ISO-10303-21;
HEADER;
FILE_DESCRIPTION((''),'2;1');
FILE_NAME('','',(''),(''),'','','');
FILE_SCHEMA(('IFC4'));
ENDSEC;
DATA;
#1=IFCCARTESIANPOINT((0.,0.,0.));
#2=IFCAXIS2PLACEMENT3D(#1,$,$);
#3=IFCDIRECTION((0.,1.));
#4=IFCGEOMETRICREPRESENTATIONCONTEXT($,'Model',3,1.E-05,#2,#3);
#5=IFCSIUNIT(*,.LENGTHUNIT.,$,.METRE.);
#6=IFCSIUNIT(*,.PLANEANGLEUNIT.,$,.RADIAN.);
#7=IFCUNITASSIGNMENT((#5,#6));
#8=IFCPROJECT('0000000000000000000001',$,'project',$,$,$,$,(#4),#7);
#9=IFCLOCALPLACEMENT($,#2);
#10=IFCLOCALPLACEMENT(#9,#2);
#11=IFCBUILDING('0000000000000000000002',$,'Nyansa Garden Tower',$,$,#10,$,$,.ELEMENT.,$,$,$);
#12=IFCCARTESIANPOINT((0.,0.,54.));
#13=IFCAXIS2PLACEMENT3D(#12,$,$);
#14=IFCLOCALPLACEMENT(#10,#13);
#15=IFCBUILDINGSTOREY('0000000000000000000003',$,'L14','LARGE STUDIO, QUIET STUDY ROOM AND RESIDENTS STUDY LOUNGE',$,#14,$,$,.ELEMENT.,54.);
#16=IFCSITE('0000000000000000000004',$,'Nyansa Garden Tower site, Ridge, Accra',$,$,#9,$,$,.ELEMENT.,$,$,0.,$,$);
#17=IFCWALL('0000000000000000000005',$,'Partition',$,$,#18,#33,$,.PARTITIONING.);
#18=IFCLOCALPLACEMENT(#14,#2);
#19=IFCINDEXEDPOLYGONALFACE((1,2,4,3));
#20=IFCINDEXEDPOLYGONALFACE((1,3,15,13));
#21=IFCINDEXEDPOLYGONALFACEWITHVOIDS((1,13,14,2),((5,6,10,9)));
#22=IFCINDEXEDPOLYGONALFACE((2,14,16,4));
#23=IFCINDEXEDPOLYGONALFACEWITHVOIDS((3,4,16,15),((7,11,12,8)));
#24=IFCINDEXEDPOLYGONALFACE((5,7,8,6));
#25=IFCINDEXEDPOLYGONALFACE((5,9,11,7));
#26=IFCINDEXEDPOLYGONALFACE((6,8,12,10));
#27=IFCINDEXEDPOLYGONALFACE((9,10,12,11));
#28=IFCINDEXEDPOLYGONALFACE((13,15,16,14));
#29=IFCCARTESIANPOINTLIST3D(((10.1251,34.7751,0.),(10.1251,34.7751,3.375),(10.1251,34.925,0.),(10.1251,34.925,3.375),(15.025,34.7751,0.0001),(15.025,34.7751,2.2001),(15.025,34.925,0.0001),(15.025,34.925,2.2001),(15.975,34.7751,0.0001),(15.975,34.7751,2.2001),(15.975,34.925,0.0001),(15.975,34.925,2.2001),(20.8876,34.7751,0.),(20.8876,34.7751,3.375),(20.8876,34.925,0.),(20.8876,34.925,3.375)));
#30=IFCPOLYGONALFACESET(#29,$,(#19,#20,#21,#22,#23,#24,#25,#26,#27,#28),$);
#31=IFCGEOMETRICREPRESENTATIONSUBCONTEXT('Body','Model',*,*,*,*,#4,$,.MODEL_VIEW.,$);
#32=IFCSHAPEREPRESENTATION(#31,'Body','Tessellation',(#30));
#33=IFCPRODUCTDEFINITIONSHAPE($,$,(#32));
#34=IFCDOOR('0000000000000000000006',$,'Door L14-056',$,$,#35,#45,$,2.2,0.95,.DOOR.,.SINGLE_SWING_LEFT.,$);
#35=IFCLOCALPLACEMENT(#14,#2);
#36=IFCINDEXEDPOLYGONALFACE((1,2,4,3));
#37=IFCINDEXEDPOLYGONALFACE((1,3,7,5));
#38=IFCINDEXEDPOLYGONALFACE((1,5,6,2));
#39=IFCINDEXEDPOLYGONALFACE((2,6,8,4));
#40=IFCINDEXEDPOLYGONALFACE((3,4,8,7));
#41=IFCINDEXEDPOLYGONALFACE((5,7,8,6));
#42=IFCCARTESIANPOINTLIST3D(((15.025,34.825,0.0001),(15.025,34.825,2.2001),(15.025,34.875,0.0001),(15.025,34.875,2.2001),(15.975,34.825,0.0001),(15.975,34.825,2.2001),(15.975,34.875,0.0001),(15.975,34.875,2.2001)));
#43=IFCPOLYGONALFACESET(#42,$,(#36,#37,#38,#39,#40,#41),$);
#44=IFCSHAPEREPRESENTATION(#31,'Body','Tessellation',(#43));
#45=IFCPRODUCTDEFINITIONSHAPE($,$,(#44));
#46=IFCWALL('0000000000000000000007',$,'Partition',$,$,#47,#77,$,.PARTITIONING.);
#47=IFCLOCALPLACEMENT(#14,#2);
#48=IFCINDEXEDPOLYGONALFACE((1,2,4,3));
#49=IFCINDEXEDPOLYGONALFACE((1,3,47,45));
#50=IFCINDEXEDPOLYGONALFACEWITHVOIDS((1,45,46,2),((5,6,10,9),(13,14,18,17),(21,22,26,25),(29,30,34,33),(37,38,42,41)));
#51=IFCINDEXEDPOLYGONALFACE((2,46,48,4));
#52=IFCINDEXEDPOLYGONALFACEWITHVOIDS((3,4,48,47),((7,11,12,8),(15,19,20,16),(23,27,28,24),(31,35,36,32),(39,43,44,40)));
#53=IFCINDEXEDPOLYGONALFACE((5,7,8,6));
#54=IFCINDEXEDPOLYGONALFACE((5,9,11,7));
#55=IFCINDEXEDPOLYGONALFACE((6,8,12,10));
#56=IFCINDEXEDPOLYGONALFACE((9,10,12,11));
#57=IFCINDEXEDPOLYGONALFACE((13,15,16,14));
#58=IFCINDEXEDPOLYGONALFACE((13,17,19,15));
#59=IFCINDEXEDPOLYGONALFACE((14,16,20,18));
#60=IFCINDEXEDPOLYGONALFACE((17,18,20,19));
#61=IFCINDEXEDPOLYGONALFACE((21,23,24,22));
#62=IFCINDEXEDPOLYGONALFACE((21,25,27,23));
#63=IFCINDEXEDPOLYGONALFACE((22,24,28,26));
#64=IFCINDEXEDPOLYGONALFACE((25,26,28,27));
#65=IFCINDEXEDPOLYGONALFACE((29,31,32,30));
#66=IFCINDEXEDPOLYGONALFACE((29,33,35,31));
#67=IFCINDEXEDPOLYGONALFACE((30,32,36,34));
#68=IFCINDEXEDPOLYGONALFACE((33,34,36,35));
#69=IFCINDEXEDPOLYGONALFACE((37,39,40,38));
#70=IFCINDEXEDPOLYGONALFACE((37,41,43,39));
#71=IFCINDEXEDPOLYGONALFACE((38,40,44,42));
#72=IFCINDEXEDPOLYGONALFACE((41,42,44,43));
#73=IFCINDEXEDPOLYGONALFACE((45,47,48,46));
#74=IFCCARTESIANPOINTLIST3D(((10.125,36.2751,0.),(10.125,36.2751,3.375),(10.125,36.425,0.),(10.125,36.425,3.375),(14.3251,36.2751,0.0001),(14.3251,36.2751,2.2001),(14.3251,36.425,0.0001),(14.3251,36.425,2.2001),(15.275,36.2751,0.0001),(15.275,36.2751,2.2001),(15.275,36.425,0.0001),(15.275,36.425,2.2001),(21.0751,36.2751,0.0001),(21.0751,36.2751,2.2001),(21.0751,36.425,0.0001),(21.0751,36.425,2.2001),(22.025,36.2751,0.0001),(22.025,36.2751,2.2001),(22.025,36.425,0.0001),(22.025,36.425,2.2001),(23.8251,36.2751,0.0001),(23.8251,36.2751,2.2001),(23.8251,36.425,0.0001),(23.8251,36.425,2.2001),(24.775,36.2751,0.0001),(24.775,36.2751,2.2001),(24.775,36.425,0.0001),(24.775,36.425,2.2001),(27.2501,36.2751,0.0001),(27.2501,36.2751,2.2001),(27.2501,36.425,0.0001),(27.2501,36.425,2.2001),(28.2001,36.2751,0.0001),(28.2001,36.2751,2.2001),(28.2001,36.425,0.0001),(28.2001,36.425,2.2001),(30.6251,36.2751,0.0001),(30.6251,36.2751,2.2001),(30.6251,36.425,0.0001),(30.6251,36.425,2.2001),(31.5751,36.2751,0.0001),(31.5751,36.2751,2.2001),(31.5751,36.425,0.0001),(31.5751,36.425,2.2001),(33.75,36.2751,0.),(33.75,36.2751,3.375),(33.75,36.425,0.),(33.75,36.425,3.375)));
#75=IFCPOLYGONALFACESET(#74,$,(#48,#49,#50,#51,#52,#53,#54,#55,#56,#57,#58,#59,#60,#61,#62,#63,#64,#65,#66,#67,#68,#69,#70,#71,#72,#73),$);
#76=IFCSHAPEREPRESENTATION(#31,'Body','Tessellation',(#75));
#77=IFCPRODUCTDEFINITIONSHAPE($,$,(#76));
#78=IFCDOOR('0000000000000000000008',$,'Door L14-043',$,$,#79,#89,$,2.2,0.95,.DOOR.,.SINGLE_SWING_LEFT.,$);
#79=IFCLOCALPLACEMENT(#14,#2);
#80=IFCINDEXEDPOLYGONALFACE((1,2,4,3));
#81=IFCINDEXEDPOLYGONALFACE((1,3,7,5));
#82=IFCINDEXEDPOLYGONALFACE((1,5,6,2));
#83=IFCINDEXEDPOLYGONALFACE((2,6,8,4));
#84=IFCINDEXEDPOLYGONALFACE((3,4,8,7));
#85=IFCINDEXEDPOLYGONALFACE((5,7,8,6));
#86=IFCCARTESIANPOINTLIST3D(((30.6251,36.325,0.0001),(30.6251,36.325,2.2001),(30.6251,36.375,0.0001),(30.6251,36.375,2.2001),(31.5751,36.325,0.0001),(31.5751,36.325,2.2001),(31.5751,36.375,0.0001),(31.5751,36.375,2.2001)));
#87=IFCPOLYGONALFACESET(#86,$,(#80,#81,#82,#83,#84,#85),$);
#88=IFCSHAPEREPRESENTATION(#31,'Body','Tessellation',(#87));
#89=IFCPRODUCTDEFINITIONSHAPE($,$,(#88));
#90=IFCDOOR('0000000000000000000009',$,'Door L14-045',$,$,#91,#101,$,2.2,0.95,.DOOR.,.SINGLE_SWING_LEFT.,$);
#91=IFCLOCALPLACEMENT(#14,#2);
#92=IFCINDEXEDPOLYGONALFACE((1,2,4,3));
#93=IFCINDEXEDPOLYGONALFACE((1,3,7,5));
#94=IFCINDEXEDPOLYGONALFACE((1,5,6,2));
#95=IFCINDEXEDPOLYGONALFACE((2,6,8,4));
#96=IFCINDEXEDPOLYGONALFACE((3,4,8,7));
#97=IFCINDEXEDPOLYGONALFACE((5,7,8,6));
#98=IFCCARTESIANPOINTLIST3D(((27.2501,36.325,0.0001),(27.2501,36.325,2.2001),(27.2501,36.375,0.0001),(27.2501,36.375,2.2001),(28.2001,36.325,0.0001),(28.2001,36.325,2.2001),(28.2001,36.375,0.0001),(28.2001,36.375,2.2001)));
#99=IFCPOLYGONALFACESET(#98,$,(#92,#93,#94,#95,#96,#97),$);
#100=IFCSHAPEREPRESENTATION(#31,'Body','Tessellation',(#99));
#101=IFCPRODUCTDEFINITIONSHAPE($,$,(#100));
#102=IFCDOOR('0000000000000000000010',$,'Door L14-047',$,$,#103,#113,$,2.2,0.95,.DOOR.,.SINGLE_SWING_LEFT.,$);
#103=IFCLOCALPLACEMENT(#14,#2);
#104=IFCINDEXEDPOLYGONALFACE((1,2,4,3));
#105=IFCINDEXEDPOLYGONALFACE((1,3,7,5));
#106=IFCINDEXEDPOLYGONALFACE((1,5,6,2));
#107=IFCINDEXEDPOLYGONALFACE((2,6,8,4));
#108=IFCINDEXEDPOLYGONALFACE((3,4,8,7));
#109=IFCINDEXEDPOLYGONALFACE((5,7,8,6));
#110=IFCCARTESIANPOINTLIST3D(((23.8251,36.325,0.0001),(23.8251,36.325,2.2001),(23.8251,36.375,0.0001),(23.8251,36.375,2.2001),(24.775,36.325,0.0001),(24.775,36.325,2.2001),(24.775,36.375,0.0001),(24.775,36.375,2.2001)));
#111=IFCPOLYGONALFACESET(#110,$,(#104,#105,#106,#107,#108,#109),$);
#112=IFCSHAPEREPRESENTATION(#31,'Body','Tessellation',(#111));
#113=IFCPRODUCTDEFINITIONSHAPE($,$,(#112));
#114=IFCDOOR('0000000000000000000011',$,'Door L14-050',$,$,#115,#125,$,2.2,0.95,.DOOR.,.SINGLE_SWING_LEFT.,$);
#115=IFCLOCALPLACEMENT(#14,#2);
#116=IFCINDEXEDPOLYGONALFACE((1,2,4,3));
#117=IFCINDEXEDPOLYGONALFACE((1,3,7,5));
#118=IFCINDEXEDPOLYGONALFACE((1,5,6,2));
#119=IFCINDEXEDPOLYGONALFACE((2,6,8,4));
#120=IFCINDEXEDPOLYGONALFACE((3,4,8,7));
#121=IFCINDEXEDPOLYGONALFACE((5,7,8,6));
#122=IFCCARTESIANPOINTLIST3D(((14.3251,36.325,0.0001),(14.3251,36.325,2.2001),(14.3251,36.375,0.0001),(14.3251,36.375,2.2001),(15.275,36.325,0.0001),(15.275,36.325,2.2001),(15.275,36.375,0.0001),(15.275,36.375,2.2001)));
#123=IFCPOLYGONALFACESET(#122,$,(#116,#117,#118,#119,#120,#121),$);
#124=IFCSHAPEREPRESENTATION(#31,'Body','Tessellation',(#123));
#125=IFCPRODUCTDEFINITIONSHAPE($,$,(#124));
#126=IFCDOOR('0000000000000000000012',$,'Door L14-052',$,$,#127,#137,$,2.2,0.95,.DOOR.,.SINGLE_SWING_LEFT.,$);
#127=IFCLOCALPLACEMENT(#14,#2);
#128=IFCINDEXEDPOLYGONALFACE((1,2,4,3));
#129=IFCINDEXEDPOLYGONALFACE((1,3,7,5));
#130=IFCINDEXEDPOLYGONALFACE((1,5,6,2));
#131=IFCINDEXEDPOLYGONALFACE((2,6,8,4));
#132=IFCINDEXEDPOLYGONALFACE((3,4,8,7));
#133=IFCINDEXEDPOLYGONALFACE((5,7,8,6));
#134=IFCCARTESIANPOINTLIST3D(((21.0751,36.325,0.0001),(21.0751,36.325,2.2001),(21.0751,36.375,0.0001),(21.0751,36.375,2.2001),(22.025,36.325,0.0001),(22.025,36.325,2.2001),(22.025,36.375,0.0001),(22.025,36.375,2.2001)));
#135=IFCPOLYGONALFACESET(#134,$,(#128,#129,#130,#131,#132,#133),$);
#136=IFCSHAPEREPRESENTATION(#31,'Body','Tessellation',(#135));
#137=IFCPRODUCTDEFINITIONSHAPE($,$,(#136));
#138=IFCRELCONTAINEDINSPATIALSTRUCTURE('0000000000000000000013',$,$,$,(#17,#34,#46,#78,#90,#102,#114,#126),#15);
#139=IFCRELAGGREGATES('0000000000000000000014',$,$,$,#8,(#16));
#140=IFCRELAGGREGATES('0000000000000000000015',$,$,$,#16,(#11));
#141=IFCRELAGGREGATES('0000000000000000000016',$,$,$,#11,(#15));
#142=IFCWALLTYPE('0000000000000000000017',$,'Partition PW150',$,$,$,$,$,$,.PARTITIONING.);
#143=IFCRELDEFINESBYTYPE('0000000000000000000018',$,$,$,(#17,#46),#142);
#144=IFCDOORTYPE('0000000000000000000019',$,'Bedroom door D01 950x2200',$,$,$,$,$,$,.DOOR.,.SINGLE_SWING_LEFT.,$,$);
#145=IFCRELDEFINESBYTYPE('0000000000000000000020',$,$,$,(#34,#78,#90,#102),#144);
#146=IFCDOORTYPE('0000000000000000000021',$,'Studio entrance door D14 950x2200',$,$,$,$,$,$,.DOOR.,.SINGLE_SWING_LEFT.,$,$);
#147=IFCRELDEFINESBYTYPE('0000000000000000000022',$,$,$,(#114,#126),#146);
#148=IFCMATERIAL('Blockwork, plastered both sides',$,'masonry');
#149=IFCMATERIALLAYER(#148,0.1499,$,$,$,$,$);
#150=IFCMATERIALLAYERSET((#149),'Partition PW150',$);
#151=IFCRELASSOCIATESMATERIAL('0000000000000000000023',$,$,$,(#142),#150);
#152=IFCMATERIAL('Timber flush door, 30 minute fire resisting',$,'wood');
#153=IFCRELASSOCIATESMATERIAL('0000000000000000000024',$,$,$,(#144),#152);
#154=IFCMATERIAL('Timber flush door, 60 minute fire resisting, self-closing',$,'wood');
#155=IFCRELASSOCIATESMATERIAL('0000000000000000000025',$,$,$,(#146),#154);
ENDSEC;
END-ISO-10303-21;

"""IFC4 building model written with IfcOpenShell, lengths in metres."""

from ifc_helpers import new_model, si_unit, direction, frame, frame_2d, origin, place, context, subcontext, project, spatial, rectangle, extrude, material, layer, layer_set, type_object, element, fill, save


model = new_model("IFC4")

# Units and contexts
model_context = context("Model", 3, precision=1e-05, world=origin(), true_north=direction((0.0, 1.0)))
body_context = subcontext(model_context, "Body", "Model", "MODEL_VIEW")
ifc_project = project(units=[si_unit("LENGTHUNIT", "METRE"), si_unit("PLANEANGLEUNIT", "RADIAN")], contexts=[model_context])

# Site, building, storey
site_placement = place(None, origin())
site = spatial("IfcSite", under=ifc_project, at=site_placement, Name="Nyansa Garden Tower site, Ridge, Accra", CompositionType="ELEMENT", RefElevation=0.0)
building_placement = place(site_placement, origin())
building = spatial("IfcBuilding", under=site, at=building_placement, Name="Nyansa Garden Tower", CompositionType="ELEMENT")
storey_placement = place(building_placement, frame((0.0, 0.0, 54.0)))
storey = spatial("IfcBuildingStorey", under=building, at=storey_placement, Name="L14", Description="LARGE STUDIO, QUIET STUDY ROOM AND RESIDENTS STUDY LOUNGE", CompositionType="ELEMENT", Elevation=54.0)

# Wall, opening, door
ifc_material_1 = material(Name="Blockwork, plastered both sides", Category="masonry")
ifc_layer_1 = layer(ifc_material_1, 0.1499)
ifc_layer_set_1 = layer_set([ifc_layer_1], Name="Partition PW150")
wall_type_1 = type_object("IfcWallType", Name="Partition PW150", PredefinedType="PARTITIONING", material=ifc_layer_set_1)
wall_1_placement = place(storey_placement, frame((10.125, 34.8501, 0.0), z_axis=(0.0, 0.0, 1.0), x_axis=(1.0, 0.0, 0.0)))
wall_1 = element("IfcWall", 1, at=wall_1_placement, inside=storey, type_object=wall_type_1, Name="Partition", PredefinedType="PARTITIONING", context=body_context, shape_type="SweptSolid", body=[
    extrude(rectangle(XDim=10.7625, YDim=0.1499, at=frame_2d((5.3813, 0.0))), origin(), (0.0, 0.0, 1.0), 3.375),
])
opening_1_placement = place(wall_1_placement, frame((4.8999, 0.0, 0.0)))
opening_1 = element("IfcOpeningElement", 2, at=opening_1_placement, cuts=wall_1, PredefinedType="OPENING", context=body_context, shape_type="SweptSolid", body=[
    extrude(rectangle(XDim=0.95, YDim=2.2, at=frame_2d((0.4751, 1.1001))), frame((0.0, 0.085, 0.0), z_axis=(0.0, -1.0, 0.0), x_axis=(1.0, 0.0, 0.0)), (0.0, 0.0, 1.0), 0.1699),
])
ifc_material_2 = material(Name="Timber flush door, 30 minute fire resisting", Category="wood")
door_type_1 = type_object("IfcDoorType", Name="Bedroom door D01 950x2200", OperationType="SINGLE_SWING_LEFT", PredefinedType="DOOR", material=ifc_material_2)
door_1_placement = place(opening_1_placement, origin())
door_1 = element("IfcDoor", 3, at=door_1_placement, inside=storey, type_object=door_type_1, Name="Door L14-056", OperationType="SINGLE_SWING_LEFT", OverallHeight=2.2, OverallWidth=0.95, PredefinedType="DOOR", context=body_context, shape_type="SweptSolid", body=[
    extrude(rectangle(XDim=0.95, YDim=2.2, at=frame_2d((0.4751, 1.1001))), frame((0.0, 0.0249, 0.0), z_axis=(0.0, -1.0, 0.0), x_axis=(1.0, 0.0, 0.0)), (0.0, 0.0, 1.0), 0.05),
])
fill(opening_1, door_1)

# Wall, openings, doors
wall_2_placement = place(storey_placement, frame((10.125, 36.3501, 0.0), z_axis=(0.0, 0.0, 1.0), x_axis=(1.0, 0.0, 0.0)))
wall_2 = element("IfcWall", 4, at=wall_2_placement, inside=storey, type_object=wall_type_1, Name="Partition", PredefinedType="PARTITIONING", context=body_context, shape_type="SweptSolid", body=[
    extrude(rectangle(XDim=23.625, YDim=0.1499, at=frame_2d((11.8125, 0.0))), origin(), (0.0, 0.0, 1.0), 3.375),
])
opening_2_placement = place(wall_2_placement, frame((20.5, 0.0, 0.0)))
opening_2 = element("IfcOpeningElement", 5, at=opening_2_placement, cuts=wall_2, PredefinedType="OPENING", context=body_context, shape_type="SweptSolid", body=[
    extrude(rectangle(XDim=0.95, YDim=2.2, at=frame_2d((0.4751, 1.1001))), frame((0.0, 0.085, 0.0), z_axis=(0.0, -1.0, 0.0), x_axis=(1.0, 0.0, 0.0)), (0.0, 0.0, 1.0), 0.1699),
])
opening_3_placement = place(wall_2_placement, frame((17.125, 0.0, 0.0)))
opening_3 = element("IfcOpeningElement", 6, at=opening_3_placement, cuts=wall_2, PredefinedType="OPENING", context=body_context, shape_type="SweptSolid", body=[
    extrude(rectangle(XDim=0.95, YDim=2.2, at=frame_2d((0.4751, 1.1001))), frame((0.0, 0.085, 0.0), z_axis=(0.0, -1.0, 0.0), x_axis=(1.0, 0.0, 0.0)), (0.0, 0.0, 1.0), 0.1699),
])
opening_4_placement = place(wall_2_placement, frame((13.7, 0.0, 0.0)))
opening_4 = element("IfcOpeningElement", 7, at=opening_4_placement, cuts=wall_2, PredefinedType="OPENING", context=body_context, shape_type="SweptSolid", body=[
    extrude(rectangle(XDim=0.95, YDim=2.2, at=frame_2d((0.4751, 1.1001))), frame((0.0, 0.085, 0.0), z_axis=(0.0, -1.0, 0.0), x_axis=(1.0, 0.0, 0.0)), (0.0, 0.0, 1.0), 0.1699),
])
opening_5_placement = place(wall_2_placement, frame((4.2, 0.0, 0.0)))
opening_5 = element("IfcOpeningElement", 8, at=opening_5_placement, cuts=wall_2, PredefinedType="OPENING", context=body_context, shape_type="SweptSolid", body=[
    extrude(rectangle(XDim=0.95, YDim=2.2, at=frame_2d((0.4751, 1.1001))), frame((0.0, 0.085, 0.0), z_axis=(0.0, -1.0, 0.0), x_axis=(1.0, 0.0, 0.0)), (0.0, 0.0, 1.0), 0.1699),
])
opening_6_placement = place(wall_2_placement, frame((10.95, 0.0, 0.0)))
opening_6 = element("IfcOpeningElement", 9, at=opening_6_placement, cuts=wall_2, PredefinedType="OPENING", context=body_context, shape_type="SweptSolid", body=[
    extrude(rectangle(XDim=0.95, YDim=2.2, at=frame_2d((0.4751, 1.1001))), frame((0.0, 0.085, 0.0), z_axis=(0.0, -1.0, 0.0), x_axis=(1.0, 0.0, 0.0)), (0.0, 0.0, 1.0), 0.1699),
])
door_2_placement = place(opening_2_placement, origin())
door_2 = element("IfcDoor", 10, at=door_2_placement, inside=storey, type_object=door_type_1, Name="Door L14-043", OperationType="SINGLE_SWING_LEFT", OverallHeight=2.2, OverallWidth=0.95, PredefinedType="DOOR", context=body_context, shape_type="SweptSolid", body=[
    extrude(rectangle(XDim=0.95, YDim=2.2, at=frame_2d((0.4751, 1.1001))), frame((0.0, 0.0249, 0.0), z_axis=(0.0, -1.0, 0.0), x_axis=(1.0, 0.0, 0.0)), (0.0, 0.0, 1.0), 0.05),
])
fill(opening_2, door_2)
door_3_placement = place(opening_3_placement, origin())
door_3 = element("IfcDoor", 11, at=door_3_placement, inside=storey, type_object=door_type_1, Name="Door L14-045", OperationType="SINGLE_SWING_LEFT", OverallHeight=2.2, OverallWidth=0.95, PredefinedType="DOOR", context=body_context, shape_type="SweptSolid", body=[
    extrude(rectangle(XDim=0.95, YDim=2.2, at=frame_2d((0.4751, 1.1001))), frame((0.0, 0.0249, 0.0), z_axis=(0.0, -1.0, 0.0), x_axis=(1.0, 0.0, 0.0)), (0.0, 0.0, 1.0), 0.05),
])
fill(opening_3, door_3)
door_4_placement = place(opening_4_placement, origin())
door_4 = element("IfcDoor", 12, at=door_4_placement, inside=storey, type_object=door_type_1, Name="Door L14-047", OperationType="SINGLE_SWING_LEFT", OverallHeight=2.2, OverallWidth=0.95, PredefinedType="DOOR", context=body_context, shape_type="SweptSolid", body=[
    extrude(rectangle(XDim=0.95, YDim=2.2, at=frame_2d((0.4751, 1.1001))), frame((0.0, 0.0249, 0.0), z_axis=(0.0, -1.0, 0.0), x_axis=(1.0, 0.0, 0.0)), (0.0, 0.0, 1.0), 0.05),
])
fill(opening_4, door_4)
ifc_material_3 = material(Name="Timber flush door, 60 minute fire resisting, self-closing", Category="wood")
door_type_2 = type_object("IfcDoorType", Name="Studio entrance door D14 950x2200", OperationType="SINGLE_SWING_LEFT", PredefinedType="DOOR", material=ifc_material_3)
door_5_placement = place(opening_5_placement, origin())
door_5 = element("IfcDoor", 13, at=door_5_placement, inside=storey, type_object=door_type_2, Name="Door L14-050", OperationType="SINGLE_SWING_LEFT", OverallHeight=2.2, OverallWidth=0.95, PredefinedType="DOOR", context=body_context, shape_type="SweptSolid", body=[
    extrude(rectangle(XDim=0.95, YDim=2.2, at=frame_2d((0.4751, 1.1001))), frame((0.0, 0.0249, 0.0), z_axis=(0.0, -1.0, 0.0), x_axis=(1.0, 0.0, 0.0)), (0.0, 0.0, 1.0), 0.05),
])
fill(opening_5, door_5)
door_6_placement = place(opening_6_placement, origin())
door_6 = element("IfcDoor", 14, at=door_6_placement, inside=storey, type_object=door_type_2, Name="Door L14-052", OperationType="SINGLE_SWING_LEFT", OverallHeight=2.2, OverallWidth=0.95, PredefinedType="DOOR", context=body_context, shape_type="SweptSolid", body=[
    extrude(rectangle(XDim=0.95, YDim=2.2, at=frame_2d((0.4751, 1.1001))), frame((0.0, 0.0249, 0.0), z_axis=(0.0, -1.0, 0.0), x_axis=(1.0, 0.0, 0.0)), (0.0, 0.0, 1.0), 0.05),
])
fill(opening_6, door_6)

save(model, "model.ifc")
